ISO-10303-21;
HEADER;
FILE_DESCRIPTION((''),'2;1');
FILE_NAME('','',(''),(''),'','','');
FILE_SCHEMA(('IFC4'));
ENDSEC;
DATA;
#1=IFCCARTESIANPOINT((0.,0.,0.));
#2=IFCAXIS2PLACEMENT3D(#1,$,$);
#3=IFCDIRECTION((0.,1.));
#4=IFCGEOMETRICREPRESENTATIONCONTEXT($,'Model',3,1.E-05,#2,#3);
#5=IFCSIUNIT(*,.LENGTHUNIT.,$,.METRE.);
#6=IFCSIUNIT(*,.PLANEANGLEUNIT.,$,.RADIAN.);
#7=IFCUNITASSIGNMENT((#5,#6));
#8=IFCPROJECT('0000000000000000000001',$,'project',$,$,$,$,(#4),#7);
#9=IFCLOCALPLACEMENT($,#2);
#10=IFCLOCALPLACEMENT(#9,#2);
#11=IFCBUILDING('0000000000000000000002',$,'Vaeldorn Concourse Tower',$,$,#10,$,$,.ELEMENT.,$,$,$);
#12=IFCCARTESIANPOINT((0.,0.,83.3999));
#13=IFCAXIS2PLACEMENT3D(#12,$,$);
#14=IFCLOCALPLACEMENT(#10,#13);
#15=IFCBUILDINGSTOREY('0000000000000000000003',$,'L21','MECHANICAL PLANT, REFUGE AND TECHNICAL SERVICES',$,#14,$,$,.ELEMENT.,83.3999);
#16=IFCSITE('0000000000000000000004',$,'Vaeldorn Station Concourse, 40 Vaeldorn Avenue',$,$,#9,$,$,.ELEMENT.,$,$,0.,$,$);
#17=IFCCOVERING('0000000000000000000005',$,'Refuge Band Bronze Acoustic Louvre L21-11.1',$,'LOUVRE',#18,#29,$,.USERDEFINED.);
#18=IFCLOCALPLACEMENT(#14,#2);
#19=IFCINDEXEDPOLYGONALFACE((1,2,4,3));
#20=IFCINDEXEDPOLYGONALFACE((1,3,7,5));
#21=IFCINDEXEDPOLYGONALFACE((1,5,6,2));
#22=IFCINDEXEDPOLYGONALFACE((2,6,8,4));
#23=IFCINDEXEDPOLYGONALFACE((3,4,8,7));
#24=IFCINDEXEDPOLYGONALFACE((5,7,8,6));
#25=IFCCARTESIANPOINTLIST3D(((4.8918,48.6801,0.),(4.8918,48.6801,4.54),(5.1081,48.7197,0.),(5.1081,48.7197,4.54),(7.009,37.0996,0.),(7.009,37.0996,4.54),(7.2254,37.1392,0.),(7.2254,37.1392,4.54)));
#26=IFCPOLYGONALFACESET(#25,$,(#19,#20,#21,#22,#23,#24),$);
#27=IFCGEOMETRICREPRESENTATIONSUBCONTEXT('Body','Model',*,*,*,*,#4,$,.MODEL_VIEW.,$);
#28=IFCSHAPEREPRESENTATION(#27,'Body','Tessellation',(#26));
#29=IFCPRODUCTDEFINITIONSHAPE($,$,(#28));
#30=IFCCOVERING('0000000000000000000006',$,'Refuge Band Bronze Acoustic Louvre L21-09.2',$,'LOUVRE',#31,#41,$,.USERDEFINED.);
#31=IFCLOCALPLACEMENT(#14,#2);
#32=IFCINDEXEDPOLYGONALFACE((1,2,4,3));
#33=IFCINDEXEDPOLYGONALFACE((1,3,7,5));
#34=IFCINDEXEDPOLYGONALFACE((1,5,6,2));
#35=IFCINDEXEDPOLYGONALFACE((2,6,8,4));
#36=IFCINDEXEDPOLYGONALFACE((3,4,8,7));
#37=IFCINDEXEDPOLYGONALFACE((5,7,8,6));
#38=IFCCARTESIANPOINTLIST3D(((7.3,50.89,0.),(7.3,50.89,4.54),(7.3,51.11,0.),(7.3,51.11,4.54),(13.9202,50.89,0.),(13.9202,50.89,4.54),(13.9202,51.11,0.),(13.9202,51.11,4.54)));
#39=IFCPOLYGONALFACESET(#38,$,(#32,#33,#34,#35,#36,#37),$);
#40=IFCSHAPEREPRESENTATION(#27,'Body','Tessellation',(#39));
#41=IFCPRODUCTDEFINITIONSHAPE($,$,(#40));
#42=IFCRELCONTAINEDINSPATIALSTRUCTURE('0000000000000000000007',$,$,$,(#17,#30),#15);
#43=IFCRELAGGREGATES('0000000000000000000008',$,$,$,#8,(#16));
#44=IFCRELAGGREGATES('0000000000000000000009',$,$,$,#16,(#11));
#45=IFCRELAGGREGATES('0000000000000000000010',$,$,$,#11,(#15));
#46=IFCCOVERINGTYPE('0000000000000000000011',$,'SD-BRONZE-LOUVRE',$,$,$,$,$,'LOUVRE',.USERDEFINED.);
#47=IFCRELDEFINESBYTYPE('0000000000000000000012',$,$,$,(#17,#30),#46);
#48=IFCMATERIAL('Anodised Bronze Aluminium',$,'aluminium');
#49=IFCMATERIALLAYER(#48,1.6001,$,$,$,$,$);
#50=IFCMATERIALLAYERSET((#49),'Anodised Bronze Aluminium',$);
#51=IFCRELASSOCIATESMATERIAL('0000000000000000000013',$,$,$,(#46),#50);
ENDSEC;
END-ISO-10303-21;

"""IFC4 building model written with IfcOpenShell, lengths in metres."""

from ifc_helpers import new_model, si_unit, direction, frame, origin, origin_2d, place, context, subcontext, project, spatial, rectangle, extrude, source, transform, mapped, material, layer, layer_set, type_object, element, save


model = new_model("IFC4")

# Units and contexts
model_context = context("Model", 3, precision=1e-05, world=origin(), true_north=direction((0.0, 1.0)))
body_context = subcontext(model_context, "Body", "Model", "MODEL_VIEW")
ifc_project = project(units=[si_unit("LENGTHUNIT", "METRE"), si_unit("PLANEANGLEUNIT", "RADIAN")], contexts=[model_context])

# Site, building, storey
site_placement = place(None, origin())
site = spatial("IfcSite", under=ifc_project, at=site_placement, Name="Vaeldorn Station Concourse, 40 Vaeldorn Avenue", CompositionType="ELEMENT", RefElevation=0.0)
building_placement = place(site_placement, origin())
building = spatial("IfcBuilding", under=site, at=building_placement, Name="Vaeldorn Concourse Tower", CompositionType="ELEMENT")
storey_placement = place(building_placement, frame((0.0, 0.0, 83.3999)))
storey = spatial("IfcBuildingStorey", under=building, at=storey_placement, Name="L21", Description="MECHANICAL PLANT, REFUGE AND TECHNICAL SERVICES", CompositionType="ELEMENT", Elevation=83.3999)

# Shared definitions
ifc_material_1 = material(Name="Anodised Bronze Aluminium", Category="aluminium")

# Coverings
ifc_layer_1 = layer(ifc_material_1, 1.6001)
ifc_layer_set_1 = layer_set([ifc_layer_1], Name="Anodised Bronze Aluminium")
covering_type = type_object("IfcCoveringType", Name="SD-BRONZE-LOUVRE", ElementType="LOUVRE", PredefinedType="USERDEFINED", material=ifc_layer_set_1)
shared_shape_1 = source(origin(), body_context, "Body", "SweptSolid", [
    extrude(rectangle(XDim=11.7725, YDim=0.22, at=origin_2d()), origin(), (0.0, 0.0, 1.0), 4.54),
])
covering_1_placement = place(storey_placement, frame((6.0586, 42.9097, 0.0), z_axis=(0.0, 0.0, 1.0), x_axis=(0.17985, -0.983694, 0.0)))
element("IfcCovering", 1, at=covering_1_placement, inside=storey, type_object=covering_type, Name="Refuge Band Bronze Acoustic Louvre L21-11.1", ObjectType="LOUVRE", PredefinedType="USERDEFINED", context=body_context, shape_type="MappedRepresentation", body=[
    mapped(shared_shape_1, transform((0.0, 0.0, 0.0), scale=1.0)),
])
shared_shape_2 = source(origin(), body_context, "Body", "SweptSolid", [
    extrude(rectangle(XDim=6.6201, YDim=0.22, at=origin_2d()), origin(), (0.0, 0.0, 1.0), 4.54),
])
covering_2_placement = place(storey_placement, frame((10.6101, 51.0, 0.0), z_axis=(0.0, 0.0, 1.0), x_axis=(-1.0, 0.0, 0.0)))
element("IfcCovering", 2, at=covering_2_placement, inside=storey, type_object=covering_type, Name="Refuge Band Bronze Acoustic Louvre L21-09.2", ObjectType="LOUVRE", PredefinedType="USERDEFINED", context=body_context, shape_type="MappedRepresentation", body=[
    mapped(shared_shape_2, transform((0.0, 0.0, 0.0), scale=1.0)),
])

save(model, "model.ifc")
